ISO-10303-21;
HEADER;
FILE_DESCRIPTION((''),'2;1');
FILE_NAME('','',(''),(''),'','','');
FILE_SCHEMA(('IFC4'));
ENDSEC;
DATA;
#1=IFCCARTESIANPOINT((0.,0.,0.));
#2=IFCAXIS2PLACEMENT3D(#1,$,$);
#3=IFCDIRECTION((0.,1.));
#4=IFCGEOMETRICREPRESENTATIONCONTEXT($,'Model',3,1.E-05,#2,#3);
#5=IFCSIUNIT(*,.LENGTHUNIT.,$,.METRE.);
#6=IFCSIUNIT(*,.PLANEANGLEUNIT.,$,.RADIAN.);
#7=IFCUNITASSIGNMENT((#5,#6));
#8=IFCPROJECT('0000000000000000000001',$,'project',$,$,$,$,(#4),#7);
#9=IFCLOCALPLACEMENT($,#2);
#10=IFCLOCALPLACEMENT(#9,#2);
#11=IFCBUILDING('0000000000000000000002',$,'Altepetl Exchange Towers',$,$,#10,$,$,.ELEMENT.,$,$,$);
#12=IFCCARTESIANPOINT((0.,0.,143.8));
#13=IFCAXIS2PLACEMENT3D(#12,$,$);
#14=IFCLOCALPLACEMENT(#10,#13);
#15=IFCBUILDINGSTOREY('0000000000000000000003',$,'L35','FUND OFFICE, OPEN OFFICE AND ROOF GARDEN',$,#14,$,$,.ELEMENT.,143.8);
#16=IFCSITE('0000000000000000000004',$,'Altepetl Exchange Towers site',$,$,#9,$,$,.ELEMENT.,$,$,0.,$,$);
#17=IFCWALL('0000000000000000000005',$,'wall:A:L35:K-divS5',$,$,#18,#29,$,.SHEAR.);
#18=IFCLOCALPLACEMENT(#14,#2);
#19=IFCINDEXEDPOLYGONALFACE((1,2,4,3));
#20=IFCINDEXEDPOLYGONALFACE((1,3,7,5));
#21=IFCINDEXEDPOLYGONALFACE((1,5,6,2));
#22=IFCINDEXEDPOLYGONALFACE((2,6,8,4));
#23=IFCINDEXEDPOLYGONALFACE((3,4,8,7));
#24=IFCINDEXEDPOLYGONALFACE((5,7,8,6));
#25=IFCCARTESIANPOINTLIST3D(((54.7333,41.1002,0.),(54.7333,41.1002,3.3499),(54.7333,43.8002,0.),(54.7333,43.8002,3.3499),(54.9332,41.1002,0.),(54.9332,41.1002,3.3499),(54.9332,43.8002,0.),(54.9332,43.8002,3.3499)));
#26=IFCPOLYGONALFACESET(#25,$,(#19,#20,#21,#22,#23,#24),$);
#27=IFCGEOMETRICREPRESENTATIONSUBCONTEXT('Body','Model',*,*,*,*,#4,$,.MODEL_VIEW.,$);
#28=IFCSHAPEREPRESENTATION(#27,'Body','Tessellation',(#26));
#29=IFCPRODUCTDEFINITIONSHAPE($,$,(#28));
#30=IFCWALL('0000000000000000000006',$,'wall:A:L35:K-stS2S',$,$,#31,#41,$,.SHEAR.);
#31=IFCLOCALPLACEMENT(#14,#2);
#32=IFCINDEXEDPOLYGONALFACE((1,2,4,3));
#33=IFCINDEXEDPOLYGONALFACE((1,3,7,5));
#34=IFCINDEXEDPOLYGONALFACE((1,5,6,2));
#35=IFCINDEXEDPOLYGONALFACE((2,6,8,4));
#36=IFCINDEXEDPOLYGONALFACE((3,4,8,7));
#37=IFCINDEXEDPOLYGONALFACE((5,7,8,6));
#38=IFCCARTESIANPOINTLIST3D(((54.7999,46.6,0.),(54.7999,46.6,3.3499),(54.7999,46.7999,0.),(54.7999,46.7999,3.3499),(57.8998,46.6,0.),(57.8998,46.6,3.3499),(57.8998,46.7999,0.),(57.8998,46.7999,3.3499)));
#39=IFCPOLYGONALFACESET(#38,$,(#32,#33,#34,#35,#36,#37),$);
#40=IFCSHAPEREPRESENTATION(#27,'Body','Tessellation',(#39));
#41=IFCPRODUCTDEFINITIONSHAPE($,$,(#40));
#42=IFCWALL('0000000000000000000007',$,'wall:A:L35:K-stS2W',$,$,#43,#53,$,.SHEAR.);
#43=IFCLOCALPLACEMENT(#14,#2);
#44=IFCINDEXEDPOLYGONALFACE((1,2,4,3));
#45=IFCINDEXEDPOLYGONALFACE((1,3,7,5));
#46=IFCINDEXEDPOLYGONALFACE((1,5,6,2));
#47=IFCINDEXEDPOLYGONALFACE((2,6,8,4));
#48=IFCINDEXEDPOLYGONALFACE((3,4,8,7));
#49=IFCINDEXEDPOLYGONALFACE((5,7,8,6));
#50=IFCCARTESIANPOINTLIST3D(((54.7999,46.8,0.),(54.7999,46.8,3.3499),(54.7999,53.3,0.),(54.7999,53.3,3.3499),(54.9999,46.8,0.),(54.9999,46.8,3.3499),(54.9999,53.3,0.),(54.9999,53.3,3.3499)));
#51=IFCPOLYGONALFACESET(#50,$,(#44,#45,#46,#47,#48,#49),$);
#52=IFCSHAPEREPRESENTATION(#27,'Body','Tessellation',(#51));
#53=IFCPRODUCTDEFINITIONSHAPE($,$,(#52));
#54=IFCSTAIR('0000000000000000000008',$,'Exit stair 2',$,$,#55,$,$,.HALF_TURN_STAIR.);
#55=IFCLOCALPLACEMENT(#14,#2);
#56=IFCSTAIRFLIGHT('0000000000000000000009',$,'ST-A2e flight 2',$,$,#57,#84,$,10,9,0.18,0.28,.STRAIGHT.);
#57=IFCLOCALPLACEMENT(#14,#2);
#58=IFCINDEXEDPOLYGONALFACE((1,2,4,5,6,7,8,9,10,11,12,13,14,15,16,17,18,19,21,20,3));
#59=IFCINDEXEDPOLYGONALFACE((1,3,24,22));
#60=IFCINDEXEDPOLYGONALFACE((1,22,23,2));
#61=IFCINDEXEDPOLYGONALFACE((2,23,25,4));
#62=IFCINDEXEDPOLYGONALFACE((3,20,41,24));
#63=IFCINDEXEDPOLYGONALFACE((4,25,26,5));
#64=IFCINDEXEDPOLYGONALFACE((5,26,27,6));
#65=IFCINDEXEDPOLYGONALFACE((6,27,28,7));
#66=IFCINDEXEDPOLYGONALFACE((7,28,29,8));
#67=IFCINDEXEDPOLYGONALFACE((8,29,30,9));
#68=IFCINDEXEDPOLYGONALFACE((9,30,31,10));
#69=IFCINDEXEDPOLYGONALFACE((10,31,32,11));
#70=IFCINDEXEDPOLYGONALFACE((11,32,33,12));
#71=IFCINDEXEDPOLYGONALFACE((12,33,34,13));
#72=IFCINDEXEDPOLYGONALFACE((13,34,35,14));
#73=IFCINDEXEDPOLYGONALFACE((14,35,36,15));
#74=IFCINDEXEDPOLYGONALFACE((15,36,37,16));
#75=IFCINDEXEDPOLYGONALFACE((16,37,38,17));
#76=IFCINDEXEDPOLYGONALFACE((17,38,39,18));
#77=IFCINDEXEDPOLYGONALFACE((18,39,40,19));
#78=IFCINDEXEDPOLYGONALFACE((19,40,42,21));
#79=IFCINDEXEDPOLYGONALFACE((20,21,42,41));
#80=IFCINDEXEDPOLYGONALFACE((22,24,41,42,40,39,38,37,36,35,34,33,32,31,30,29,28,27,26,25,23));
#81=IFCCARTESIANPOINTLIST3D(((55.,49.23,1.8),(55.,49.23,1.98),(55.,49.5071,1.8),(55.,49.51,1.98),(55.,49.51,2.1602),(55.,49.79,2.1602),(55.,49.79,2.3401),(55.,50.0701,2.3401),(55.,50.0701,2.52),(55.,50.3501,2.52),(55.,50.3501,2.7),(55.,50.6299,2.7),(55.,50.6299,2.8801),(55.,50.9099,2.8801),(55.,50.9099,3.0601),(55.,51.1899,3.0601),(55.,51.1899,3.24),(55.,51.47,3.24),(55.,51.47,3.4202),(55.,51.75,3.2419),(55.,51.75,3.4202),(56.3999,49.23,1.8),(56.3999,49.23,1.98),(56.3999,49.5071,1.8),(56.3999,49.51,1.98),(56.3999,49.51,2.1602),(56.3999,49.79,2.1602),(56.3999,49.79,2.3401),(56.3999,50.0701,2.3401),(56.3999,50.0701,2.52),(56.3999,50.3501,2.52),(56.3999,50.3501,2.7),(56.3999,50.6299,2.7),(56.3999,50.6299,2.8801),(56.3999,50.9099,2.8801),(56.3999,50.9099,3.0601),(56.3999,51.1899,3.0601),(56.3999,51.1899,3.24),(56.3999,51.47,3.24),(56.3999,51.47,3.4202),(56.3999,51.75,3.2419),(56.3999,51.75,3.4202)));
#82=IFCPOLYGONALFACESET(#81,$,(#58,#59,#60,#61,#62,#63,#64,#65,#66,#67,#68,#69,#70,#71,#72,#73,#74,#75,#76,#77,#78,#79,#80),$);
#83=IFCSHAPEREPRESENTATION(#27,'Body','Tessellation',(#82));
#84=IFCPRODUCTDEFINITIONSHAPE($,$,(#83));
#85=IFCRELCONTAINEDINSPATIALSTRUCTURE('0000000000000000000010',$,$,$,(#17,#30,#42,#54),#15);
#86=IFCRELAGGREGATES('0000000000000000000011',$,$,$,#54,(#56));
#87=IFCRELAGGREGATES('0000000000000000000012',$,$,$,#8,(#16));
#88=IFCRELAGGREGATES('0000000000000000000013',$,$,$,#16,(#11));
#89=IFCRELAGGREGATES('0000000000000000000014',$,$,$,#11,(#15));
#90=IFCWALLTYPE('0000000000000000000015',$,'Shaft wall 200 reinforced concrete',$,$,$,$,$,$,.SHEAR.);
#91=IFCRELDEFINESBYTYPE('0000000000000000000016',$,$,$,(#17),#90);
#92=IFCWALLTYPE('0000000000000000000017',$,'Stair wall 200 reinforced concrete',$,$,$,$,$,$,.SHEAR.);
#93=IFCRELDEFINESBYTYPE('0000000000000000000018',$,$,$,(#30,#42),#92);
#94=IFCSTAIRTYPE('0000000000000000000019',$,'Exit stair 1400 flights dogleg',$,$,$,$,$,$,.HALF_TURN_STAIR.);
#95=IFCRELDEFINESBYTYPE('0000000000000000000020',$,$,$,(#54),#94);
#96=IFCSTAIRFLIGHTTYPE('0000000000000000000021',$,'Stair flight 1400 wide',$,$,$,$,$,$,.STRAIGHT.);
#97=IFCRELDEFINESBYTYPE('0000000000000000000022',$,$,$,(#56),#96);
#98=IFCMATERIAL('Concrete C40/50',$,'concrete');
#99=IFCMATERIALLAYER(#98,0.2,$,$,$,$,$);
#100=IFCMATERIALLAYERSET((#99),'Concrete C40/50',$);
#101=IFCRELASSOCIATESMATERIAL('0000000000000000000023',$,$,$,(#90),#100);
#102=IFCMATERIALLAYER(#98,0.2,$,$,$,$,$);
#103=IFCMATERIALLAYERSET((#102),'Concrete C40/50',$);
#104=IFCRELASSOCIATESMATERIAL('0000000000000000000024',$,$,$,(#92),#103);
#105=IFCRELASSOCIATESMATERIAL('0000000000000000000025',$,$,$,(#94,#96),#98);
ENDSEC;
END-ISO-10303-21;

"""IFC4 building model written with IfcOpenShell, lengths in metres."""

from ifc_helpers import new_model, si_unit, direction, frame, frame_2d, origin, place, context, subcontext, project, spatial, polyline, rectangle, outline, extrude, material, layer, layer_set, type_object, element, aggregate, save


model = new_model("IFC4")

# Units and contexts
model_context = context("Model", 3, precision=1e-05, world=origin(), true_north=direction((0.0, 1.0)))
body_context = subcontext(model_context, "Body", "Model", "MODEL_VIEW")
ifc_project = project(units=[si_unit("LENGTHUNIT", "METRE"), si_unit("PLANEANGLEUNIT", "RADIAN")], contexts=[model_context])

# Site, building, storey
site_placement = place(None, origin())
site = spatial("IfcSite", under=ifc_project, at=site_placement, Name="Altepetl Exchange Towers site", CompositionType="ELEMENT", RefElevation=0.0)
building_placement = place(site_placement, origin())
building = spatial("IfcBuilding", under=site, at=building_placement, Name="Altepetl Exchange Towers", CompositionType="ELEMENT")
storey_placement = place(building_placement, frame((0.0, 0.0, 143.8)))
storey = spatial("IfcBuildingStorey", under=building, at=storey_placement, Name="L35", Description="FUND OFFICE, OPEN OFFICE AND ROOF GARDEN", CompositionType="ELEMENT", Elevation=143.8)

# Walls
ifc_material_1 = material(Name="Concrete C40/50", Category="concrete")
ifc_layer_1 = layer(ifc_material_1, 0.2)
ifc_layer_set_1 = layer_set([ifc_layer_1], Name="Concrete C40/50")
wall_type_1 = type_object("IfcWallType", Name="Shaft wall 200 reinforced concrete", PredefinedType="SHEAR", material=ifc_layer_set_1)
wall_1_placement = place(storey_placement, frame((54.8333, 41.1001, 0.0), z_axis=(0.0, 0.0, 1.0), x_axis=(0.0, 1.0, 0.0)))
element("IfcWall", 1, at=wall_1_placement, inside=storey, type_object=wall_type_1, Name="wall:A:L35:K-divS5", PredefinedType="SHEAR", context=body_context, shape_type="SweptSolid", body=[
    extrude(rectangle(XDim=2.7, YDim=0.2, at=frame_2d((1.3501, 0.0))), origin(), (0.0, 0.0, 1.0), 3.3499),
])
ifc_layer_2 = layer(ifc_material_1, 0.2)
ifc_layer_set_2 = layer_set([ifc_layer_2], Name="Concrete C40/50")
wall_type_2 = type_object("IfcWallType", Name="Stair wall 200 reinforced concrete", PredefinedType="SHEAR", material=ifc_layer_set_2)
wall_2_placement = place(storey_placement, frame((54.8, 46.7, 0.0)))
element("IfcWall", 2, at=wall_2_placement, inside=storey, type_object=wall_type_2, Name="wall:A:L35:K-stS2S", PredefinedType="SHEAR", context=body_context, shape_type="SweptSolid", body=[
    extrude(rectangle(XDim=3.0999, YDim=0.2, at=frame_2d((1.5498, 0.0))), origin(), (0.0, 0.0, 1.0), 3.3499),
])
wall_3_placement = place(storey_placement, frame((54.8999, 46.8, 0.0), z_axis=(0.0, 0.0, 1.0), x_axis=(0.0, 1.0, 0.0)))
element("IfcWall", 3, at=wall_3_placement, inside=storey, type_object=wall_type_2, Name="wall:A:L35:K-stS2W", PredefinedType="SHEAR", context=body_context, shape_type="SweptSolid", body=[
    extrude(rectangle(XDim=6.5, YDim=0.2, at=frame_2d((3.25, 0.0))), origin(), (0.0, 0.0, 1.0), 3.3499),
])

# Stair, stair flight
stair_type = type_object("IfcStairType", Name="Exit stair 1400 flights dogleg", PredefinedType="HALF_TURN_STAIR", material=ifc_material_1)
stair_placement = place(storey_placement, origin())
stair = element("IfcStair", 4, at=stair_placement, inside=storey, type_object=stair_type, Name="Exit stair 2", PredefinedType="HALF_TURN_STAIR")
stair_flight_type = type_object("IfcStairFlightType", Name="Stair flight 1400 wide", PredefinedType="STRAIGHT", material=ifc_material_1)
stair_flight_placement = place(storey_placement, frame((55.7, 49.23, 1.8), z_axis=(0.0, 0.0, 1.0), x_axis=(0.0, 1.0, 0.0)))
stair_flight = element("IfcStairFlight", 5, at=stair_flight_placement, type_object=stair_flight_type, Name="ST-A2e flight 2", NumberOfRisers=10, NumberOfTreads=9, PredefinedType="STRAIGHT", RiserHeight=0.18, TreadLength=0.28, context=body_context, shape_type="SweptSolid", body=[
    extrude(outline(polyline([(0.0, 0.0), (0.0, 0.1799), (0.28, 0.1799), (0.28, 0.3601), (0.5601, 0.3601), (0.5601, 0.54), (0.8401, 0.54), (0.8401, 0.72), (1.1201, 0.72), (1.1201, 0.8999), (1.3999, 0.8999), (1.3999, 1.0801), (1.6799, 1.0801), (1.6799, 1.26), (1.96, 1.26), (1.96, 1.4399), (2.24, 1.4399), (2.24, 1.6201), (2.52, 1.6201), (2.52, 1.8), (2.52, 1.4419), (0.2771, 0.0), (0.0, 0.0)])), frame((0.0, 0.7, 0.0), z_axis=(0.0, -1.0, 0.0), x_axis=(1.0, 0.0, 0.0)), (0.0, 0.0, 1.0), 1.3999),
])
aggregate(stair, [stair_flight])

save(model, "model.ifc")
